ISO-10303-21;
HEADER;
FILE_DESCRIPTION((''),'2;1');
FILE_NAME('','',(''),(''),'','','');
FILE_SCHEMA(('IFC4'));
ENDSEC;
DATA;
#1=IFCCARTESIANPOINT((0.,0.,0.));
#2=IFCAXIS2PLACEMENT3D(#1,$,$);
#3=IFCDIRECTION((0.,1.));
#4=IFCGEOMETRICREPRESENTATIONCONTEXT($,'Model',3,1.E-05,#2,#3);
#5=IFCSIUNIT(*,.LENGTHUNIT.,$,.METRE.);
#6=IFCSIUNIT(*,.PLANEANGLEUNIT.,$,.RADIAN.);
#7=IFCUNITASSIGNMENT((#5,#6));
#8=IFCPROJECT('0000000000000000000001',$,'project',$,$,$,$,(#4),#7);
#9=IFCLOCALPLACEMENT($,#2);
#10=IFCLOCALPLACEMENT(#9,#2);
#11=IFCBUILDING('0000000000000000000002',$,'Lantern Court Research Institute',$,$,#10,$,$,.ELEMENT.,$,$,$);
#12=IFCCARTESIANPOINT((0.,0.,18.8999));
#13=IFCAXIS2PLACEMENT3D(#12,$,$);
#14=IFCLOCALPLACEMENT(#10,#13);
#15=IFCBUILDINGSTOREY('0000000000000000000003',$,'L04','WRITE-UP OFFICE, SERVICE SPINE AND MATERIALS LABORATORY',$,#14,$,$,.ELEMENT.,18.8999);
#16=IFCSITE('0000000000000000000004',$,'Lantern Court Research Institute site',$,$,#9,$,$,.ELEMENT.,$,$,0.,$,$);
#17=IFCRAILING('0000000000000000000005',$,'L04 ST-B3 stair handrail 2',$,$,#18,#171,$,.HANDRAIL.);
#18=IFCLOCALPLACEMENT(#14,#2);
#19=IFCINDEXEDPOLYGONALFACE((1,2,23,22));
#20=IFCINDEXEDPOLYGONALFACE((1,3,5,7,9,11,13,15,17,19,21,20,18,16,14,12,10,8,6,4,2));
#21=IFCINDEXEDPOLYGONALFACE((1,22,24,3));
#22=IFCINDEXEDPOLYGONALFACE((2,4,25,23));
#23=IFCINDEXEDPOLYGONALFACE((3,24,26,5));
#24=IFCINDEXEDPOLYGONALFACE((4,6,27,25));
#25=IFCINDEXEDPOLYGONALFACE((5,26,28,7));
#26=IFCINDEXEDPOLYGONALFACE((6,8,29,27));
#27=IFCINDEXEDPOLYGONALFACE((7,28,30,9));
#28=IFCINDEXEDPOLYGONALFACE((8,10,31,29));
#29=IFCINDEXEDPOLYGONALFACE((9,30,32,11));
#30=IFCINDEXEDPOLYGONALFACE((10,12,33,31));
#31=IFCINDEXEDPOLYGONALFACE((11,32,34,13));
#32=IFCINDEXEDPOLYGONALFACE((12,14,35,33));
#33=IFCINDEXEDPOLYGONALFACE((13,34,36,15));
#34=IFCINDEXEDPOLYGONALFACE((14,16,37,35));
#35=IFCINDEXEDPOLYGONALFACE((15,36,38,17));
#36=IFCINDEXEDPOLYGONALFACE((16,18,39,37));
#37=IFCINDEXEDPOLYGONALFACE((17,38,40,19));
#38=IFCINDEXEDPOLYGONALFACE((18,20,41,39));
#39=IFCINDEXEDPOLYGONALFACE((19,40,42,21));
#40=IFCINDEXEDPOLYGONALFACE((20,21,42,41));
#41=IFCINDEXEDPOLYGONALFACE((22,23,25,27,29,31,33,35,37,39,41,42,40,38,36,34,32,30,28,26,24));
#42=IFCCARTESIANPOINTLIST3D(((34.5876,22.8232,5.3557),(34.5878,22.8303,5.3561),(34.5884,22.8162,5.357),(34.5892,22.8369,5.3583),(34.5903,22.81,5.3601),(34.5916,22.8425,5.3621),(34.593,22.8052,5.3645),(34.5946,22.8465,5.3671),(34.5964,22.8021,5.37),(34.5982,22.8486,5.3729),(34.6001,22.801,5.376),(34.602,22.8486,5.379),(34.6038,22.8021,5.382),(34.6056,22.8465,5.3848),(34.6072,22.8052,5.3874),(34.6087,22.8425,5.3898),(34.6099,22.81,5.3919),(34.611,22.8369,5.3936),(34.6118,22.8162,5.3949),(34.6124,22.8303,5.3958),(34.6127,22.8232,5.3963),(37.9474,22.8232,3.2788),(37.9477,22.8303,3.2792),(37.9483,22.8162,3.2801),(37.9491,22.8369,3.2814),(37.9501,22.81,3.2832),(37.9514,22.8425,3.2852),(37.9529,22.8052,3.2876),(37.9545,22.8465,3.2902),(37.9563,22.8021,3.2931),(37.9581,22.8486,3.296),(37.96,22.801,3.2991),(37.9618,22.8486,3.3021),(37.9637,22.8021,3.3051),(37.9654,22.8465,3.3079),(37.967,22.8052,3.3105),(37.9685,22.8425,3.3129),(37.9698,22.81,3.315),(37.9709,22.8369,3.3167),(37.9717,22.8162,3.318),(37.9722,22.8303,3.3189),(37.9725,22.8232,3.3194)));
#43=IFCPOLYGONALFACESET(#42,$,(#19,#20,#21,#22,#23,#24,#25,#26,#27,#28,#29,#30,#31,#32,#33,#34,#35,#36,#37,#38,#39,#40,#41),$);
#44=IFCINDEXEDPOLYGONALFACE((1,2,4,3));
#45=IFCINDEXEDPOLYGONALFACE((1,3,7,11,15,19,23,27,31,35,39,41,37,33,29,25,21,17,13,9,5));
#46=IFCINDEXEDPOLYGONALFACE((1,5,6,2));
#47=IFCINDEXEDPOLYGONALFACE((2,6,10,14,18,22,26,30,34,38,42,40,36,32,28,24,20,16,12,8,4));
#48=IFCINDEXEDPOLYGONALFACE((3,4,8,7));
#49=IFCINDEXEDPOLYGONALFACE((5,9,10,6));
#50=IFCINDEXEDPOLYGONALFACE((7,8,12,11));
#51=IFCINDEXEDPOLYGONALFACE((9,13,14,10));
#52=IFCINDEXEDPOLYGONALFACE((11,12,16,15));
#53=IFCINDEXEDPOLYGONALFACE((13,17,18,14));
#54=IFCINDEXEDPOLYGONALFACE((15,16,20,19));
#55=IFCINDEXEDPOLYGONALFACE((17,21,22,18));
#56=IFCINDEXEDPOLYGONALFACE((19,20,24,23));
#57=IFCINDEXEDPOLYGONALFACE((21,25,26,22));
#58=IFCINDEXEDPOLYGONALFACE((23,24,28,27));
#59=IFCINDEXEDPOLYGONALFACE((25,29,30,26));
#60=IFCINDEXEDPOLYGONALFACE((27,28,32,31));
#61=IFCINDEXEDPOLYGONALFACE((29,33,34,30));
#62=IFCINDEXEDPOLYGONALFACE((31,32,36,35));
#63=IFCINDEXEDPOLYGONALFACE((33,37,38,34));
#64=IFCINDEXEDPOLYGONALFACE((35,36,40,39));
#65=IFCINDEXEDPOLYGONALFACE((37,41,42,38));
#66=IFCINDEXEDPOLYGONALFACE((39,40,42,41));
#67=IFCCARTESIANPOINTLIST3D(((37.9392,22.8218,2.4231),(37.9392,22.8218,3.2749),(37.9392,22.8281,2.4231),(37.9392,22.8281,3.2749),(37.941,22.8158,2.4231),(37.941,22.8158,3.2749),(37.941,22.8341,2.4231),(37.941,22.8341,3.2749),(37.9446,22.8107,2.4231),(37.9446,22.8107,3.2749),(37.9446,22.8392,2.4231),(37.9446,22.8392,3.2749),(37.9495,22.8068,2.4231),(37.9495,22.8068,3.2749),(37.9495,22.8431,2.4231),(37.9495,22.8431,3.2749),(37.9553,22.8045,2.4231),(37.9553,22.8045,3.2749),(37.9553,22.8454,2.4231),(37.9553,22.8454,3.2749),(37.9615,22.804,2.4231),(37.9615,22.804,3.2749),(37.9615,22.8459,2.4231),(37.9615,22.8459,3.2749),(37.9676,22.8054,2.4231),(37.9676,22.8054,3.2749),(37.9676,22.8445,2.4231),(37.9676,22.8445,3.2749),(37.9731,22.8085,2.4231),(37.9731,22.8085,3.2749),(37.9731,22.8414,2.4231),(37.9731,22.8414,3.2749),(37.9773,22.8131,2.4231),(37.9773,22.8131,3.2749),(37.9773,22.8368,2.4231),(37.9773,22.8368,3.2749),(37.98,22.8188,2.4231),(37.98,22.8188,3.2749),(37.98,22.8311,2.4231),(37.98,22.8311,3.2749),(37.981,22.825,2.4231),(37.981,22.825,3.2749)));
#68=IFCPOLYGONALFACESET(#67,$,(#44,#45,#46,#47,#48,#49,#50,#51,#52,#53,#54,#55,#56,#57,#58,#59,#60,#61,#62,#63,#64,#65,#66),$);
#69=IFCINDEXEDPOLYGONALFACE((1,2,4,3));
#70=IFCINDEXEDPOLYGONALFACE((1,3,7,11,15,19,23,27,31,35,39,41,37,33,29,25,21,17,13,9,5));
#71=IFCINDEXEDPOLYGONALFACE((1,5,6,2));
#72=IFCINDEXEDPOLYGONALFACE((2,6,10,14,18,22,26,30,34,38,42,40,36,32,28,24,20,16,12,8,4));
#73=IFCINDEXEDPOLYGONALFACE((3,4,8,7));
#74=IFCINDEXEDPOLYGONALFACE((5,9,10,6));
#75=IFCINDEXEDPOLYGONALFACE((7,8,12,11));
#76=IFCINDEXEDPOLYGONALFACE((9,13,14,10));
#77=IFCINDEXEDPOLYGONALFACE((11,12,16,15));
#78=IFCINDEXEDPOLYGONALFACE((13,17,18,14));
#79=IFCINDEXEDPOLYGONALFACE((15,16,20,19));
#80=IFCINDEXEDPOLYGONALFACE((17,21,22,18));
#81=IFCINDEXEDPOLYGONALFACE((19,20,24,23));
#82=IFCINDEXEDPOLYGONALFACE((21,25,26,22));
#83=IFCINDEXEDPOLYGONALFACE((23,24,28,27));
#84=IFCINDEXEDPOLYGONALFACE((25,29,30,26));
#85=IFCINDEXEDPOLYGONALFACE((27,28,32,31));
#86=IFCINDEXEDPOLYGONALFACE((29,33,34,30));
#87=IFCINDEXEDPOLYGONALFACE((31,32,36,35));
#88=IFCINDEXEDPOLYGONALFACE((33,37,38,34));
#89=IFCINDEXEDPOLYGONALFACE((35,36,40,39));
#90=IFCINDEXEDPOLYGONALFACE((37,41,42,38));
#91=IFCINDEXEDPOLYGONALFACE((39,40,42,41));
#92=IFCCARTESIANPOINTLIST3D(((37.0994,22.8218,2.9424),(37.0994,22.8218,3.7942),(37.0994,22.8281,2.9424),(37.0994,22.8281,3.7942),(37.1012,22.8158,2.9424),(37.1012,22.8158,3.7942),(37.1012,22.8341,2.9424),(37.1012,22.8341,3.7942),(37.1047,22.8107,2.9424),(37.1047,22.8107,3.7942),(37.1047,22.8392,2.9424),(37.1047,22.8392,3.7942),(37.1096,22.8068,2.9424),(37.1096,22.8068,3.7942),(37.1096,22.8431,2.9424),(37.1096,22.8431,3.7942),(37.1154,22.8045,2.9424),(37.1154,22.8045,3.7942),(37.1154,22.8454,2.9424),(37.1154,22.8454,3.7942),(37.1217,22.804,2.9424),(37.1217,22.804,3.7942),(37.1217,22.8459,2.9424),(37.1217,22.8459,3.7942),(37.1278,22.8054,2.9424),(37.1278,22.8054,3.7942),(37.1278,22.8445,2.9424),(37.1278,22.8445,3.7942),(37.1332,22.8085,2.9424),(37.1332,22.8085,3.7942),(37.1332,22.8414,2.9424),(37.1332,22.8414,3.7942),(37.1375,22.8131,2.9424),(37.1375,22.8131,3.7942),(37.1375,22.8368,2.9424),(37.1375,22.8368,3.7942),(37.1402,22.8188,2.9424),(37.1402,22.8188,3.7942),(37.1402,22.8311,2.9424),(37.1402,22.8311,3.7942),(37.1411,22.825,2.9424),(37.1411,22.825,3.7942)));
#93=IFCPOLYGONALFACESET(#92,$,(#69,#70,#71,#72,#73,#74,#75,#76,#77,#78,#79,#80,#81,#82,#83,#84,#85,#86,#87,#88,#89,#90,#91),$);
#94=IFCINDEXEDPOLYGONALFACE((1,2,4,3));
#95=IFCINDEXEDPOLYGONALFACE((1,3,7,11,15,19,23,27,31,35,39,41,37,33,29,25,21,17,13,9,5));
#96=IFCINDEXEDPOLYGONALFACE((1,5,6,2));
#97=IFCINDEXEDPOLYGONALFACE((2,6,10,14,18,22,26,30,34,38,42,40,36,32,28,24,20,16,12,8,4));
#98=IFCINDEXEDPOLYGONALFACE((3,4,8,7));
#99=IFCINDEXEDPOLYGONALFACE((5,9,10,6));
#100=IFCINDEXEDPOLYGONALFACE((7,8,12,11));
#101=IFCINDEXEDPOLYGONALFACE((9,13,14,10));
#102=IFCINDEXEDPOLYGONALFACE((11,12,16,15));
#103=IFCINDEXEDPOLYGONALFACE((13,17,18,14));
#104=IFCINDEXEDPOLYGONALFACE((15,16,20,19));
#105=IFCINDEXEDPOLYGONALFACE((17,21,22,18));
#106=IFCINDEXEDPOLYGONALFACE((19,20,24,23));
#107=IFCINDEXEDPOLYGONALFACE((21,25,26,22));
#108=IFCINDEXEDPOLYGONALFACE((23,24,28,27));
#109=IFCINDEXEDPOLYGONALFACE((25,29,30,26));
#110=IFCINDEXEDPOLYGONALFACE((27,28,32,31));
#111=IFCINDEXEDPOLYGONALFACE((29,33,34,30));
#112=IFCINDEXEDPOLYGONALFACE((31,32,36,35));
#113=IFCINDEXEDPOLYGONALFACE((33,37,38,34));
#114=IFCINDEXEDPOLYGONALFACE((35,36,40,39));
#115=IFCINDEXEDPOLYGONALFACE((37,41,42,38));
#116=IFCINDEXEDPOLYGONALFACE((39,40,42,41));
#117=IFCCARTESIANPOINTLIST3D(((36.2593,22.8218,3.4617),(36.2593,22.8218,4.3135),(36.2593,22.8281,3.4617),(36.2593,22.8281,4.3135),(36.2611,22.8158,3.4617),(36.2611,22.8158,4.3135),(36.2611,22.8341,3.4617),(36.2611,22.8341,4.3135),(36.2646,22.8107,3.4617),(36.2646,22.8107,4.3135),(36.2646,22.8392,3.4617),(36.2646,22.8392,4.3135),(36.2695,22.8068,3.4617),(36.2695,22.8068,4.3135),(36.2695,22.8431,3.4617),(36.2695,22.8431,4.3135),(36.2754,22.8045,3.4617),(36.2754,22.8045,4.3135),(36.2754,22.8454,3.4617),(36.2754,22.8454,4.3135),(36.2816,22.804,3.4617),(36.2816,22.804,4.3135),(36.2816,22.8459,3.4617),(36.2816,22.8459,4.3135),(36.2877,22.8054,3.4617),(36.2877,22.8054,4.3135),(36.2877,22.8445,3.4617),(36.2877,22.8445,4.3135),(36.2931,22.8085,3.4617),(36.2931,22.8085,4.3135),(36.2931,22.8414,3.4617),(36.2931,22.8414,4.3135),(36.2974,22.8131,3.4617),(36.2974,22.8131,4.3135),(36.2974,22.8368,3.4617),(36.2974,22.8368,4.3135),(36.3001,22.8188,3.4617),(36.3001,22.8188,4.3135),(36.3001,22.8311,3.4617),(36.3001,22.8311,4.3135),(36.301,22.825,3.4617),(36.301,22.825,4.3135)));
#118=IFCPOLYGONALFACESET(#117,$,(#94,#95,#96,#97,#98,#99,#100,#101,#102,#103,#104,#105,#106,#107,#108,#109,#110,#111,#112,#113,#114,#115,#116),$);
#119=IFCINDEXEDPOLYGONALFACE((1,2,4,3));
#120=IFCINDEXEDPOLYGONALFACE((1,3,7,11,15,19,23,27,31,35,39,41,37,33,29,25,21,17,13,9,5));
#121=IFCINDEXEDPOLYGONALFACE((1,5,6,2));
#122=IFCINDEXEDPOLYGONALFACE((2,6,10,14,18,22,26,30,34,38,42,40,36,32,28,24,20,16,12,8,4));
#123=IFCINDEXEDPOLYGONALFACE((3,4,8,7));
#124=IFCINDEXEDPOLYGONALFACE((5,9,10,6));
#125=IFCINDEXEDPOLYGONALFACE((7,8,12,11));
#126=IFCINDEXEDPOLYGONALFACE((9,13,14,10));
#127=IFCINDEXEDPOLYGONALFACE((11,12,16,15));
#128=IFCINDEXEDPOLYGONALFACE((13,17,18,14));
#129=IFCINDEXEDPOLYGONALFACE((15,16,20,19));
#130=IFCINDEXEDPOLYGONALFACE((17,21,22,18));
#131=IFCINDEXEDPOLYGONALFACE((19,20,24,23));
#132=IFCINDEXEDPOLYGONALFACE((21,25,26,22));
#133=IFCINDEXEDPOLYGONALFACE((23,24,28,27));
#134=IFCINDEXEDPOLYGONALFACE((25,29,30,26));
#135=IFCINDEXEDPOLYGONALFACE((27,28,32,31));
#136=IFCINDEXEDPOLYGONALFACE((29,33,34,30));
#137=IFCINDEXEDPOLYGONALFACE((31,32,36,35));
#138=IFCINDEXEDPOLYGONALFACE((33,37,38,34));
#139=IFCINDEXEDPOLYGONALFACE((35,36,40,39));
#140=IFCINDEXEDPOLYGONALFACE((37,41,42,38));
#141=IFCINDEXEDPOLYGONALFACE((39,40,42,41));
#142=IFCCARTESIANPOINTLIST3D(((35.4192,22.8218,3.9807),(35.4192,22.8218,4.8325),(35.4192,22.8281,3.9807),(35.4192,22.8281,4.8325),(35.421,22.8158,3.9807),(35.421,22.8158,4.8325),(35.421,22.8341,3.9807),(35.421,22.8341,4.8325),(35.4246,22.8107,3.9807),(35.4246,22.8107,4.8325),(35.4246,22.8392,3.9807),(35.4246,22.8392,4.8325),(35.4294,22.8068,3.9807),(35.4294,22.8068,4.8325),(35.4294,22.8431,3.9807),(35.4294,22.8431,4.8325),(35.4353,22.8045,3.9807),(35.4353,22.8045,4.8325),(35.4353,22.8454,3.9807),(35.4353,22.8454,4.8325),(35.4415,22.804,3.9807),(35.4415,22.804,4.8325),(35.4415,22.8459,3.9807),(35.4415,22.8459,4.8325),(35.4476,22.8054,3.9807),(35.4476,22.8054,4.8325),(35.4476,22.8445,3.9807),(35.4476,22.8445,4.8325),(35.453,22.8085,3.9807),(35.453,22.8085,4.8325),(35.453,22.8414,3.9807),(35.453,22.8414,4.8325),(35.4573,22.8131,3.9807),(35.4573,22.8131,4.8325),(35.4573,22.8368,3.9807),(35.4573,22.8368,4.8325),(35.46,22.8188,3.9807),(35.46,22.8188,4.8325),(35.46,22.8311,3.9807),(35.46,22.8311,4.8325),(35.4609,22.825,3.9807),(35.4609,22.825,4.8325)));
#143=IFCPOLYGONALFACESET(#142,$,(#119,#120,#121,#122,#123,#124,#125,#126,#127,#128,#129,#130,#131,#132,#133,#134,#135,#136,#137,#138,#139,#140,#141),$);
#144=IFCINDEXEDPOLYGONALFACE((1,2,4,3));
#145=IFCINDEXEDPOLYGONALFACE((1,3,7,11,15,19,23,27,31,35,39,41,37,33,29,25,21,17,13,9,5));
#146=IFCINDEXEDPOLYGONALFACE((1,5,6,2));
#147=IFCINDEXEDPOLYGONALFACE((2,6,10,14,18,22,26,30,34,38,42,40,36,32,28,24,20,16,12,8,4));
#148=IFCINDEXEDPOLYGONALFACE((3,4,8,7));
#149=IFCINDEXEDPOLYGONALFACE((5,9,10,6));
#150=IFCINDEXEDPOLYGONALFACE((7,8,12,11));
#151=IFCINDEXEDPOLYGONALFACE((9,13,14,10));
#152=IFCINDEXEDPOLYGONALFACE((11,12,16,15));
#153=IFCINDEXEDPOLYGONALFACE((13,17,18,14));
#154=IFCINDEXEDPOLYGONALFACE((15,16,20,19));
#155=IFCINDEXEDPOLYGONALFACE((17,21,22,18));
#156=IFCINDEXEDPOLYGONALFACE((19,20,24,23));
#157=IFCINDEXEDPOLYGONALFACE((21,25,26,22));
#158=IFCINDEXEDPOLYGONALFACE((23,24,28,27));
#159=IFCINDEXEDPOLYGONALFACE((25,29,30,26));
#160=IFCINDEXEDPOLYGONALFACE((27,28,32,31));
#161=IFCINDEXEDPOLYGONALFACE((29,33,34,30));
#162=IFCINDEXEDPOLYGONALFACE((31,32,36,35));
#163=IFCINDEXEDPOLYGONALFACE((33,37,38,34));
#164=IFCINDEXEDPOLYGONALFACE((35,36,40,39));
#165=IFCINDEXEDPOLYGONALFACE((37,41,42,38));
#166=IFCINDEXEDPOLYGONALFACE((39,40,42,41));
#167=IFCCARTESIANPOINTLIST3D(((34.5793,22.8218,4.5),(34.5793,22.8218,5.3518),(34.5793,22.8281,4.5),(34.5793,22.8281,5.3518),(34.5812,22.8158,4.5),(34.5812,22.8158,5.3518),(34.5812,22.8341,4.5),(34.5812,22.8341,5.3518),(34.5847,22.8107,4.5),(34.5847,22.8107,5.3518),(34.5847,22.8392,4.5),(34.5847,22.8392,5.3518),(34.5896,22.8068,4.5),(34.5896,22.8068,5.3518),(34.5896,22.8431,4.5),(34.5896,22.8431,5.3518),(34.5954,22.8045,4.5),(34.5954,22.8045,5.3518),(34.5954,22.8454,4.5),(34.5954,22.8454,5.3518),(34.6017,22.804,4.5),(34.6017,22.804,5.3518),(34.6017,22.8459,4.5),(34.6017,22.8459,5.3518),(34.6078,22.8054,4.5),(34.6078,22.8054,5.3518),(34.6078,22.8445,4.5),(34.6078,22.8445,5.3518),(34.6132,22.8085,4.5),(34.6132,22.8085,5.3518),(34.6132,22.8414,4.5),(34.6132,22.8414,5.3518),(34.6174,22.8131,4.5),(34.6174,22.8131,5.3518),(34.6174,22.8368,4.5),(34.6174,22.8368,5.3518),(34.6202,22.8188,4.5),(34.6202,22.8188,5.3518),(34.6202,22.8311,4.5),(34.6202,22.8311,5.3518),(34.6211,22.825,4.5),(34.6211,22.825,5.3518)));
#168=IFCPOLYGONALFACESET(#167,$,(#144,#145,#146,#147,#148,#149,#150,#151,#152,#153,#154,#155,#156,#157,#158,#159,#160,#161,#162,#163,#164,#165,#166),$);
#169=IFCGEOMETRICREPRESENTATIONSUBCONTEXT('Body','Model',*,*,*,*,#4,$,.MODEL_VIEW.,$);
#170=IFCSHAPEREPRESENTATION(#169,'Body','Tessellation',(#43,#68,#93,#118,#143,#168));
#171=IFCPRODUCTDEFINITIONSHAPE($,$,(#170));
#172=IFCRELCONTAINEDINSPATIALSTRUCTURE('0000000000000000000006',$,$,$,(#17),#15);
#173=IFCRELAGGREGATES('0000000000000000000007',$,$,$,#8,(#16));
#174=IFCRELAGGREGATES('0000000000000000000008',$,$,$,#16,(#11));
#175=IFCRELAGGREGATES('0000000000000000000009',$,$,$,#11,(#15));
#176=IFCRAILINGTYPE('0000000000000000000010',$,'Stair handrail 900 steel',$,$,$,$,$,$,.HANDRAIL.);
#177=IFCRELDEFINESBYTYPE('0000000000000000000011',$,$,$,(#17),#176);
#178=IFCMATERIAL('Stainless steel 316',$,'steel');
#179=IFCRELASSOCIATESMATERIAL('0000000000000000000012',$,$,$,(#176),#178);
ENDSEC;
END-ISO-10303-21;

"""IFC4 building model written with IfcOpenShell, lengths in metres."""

from ifc_helpers import new_model, si_unit, direction, frame, origin, origin_2d, place, context, subcontext, project, spatial, circle, extrude, material, type_object, element, save


model = new_model("IFC4")

# Units and contexts
model_context = context("Model", 3, precision=1e-05, world=origin(), true_north=direction((0.0, 1.0)))
body_context = subcontext(model_context, "Body", "Model", "MODEL_VIEW")
ifc_project = project(units=[si_unit("LENGTHUNIT", "METRE"), si_unit("PLANEANGLEUNIT", "RADIAN")], contexts=[model_context])

# Site, building, storey
site_placement = place(None, origin())
site = spatial("IfcSite", under=ifc_project, at=site_placement, Name="Lantern Court Research Institute site", CompositionType="ELEMENT", RefElevation=0.0)
building_placement = place(site_placement, origin())
building = spatial("IfcBuilding", under=site, at=building_placement, Name="Lantern Court Research Institute", CompositionType="ELEMENT")
storey_placement = place(building_placement, frame((0.0, 0.0, 18.8999)))
storey = spatial("IfcBuildingStorey", under=building, at=storey_placement, Name="L04", Description="WRITE-UP OFFICE, SERVICE SPINE AND MATERIALS LABORATORY", CompositionType="ELEMENT", Elevation=18.8999)

# Railing
ifc_material_1 = material(Name="Stainless steel 316", Category="steel")
railing_type_1 = type_object("IfcRailingType", Name="Stair handrail 900 steel", PredefinedType="HANDRAIL", material=ifc_material_1)
railing_1_placement = place(storey_placement, frame((37.96, 22.825, 2.4231)))
element("IfcRailing", 1, at=railing_1_placement, inside=storey, type_object=railing_type_1, Name="L04 ST-B3 stair handrail 2", PredefinedType="HANDRAIL", context=body_context, shape_type="SweptSolid", body=[
    extrude(circle(Radius=0.0239, at=origin_2d()), frame((0.0, 0.0, 0.876), z_axis=(-0.850606, 0.0, 0.525803), x_axis=(0.0, -1.0, 0.0)), (0.0, 0.0, 1.0), 3.95),
    extrude(circle(Radius=0.021, at=origin_2d()), origin(), (0.0, 0.0, 1.0), 0.8518),
    extrude(circle(Radius=0.021, at=origin_2d()), frame((-0.8398, 0.0, 0.5193)), (0.0, 0.0, 1.0), 0.8518),
    extrude(circle(Radius=0.021, at=origin_2d()), frame((-1.6799, 0.0, 1.0386)), (0.0, 0.0, 1.0), 0.8518),
    extrude(circle(Radius=0.021, at=origin_2d()), frame((-2.52, 0.0, 1.5576)), (0.0, 0.0, 1.0), 0.8518),
    extrude(circle(Radius=0.021, at=origin_2d()), frame((-3.3599, 0.0, 2.0769)), (0.0, 0.0, 1.0), 0.8518),
])

save(model, "model.ifc")
